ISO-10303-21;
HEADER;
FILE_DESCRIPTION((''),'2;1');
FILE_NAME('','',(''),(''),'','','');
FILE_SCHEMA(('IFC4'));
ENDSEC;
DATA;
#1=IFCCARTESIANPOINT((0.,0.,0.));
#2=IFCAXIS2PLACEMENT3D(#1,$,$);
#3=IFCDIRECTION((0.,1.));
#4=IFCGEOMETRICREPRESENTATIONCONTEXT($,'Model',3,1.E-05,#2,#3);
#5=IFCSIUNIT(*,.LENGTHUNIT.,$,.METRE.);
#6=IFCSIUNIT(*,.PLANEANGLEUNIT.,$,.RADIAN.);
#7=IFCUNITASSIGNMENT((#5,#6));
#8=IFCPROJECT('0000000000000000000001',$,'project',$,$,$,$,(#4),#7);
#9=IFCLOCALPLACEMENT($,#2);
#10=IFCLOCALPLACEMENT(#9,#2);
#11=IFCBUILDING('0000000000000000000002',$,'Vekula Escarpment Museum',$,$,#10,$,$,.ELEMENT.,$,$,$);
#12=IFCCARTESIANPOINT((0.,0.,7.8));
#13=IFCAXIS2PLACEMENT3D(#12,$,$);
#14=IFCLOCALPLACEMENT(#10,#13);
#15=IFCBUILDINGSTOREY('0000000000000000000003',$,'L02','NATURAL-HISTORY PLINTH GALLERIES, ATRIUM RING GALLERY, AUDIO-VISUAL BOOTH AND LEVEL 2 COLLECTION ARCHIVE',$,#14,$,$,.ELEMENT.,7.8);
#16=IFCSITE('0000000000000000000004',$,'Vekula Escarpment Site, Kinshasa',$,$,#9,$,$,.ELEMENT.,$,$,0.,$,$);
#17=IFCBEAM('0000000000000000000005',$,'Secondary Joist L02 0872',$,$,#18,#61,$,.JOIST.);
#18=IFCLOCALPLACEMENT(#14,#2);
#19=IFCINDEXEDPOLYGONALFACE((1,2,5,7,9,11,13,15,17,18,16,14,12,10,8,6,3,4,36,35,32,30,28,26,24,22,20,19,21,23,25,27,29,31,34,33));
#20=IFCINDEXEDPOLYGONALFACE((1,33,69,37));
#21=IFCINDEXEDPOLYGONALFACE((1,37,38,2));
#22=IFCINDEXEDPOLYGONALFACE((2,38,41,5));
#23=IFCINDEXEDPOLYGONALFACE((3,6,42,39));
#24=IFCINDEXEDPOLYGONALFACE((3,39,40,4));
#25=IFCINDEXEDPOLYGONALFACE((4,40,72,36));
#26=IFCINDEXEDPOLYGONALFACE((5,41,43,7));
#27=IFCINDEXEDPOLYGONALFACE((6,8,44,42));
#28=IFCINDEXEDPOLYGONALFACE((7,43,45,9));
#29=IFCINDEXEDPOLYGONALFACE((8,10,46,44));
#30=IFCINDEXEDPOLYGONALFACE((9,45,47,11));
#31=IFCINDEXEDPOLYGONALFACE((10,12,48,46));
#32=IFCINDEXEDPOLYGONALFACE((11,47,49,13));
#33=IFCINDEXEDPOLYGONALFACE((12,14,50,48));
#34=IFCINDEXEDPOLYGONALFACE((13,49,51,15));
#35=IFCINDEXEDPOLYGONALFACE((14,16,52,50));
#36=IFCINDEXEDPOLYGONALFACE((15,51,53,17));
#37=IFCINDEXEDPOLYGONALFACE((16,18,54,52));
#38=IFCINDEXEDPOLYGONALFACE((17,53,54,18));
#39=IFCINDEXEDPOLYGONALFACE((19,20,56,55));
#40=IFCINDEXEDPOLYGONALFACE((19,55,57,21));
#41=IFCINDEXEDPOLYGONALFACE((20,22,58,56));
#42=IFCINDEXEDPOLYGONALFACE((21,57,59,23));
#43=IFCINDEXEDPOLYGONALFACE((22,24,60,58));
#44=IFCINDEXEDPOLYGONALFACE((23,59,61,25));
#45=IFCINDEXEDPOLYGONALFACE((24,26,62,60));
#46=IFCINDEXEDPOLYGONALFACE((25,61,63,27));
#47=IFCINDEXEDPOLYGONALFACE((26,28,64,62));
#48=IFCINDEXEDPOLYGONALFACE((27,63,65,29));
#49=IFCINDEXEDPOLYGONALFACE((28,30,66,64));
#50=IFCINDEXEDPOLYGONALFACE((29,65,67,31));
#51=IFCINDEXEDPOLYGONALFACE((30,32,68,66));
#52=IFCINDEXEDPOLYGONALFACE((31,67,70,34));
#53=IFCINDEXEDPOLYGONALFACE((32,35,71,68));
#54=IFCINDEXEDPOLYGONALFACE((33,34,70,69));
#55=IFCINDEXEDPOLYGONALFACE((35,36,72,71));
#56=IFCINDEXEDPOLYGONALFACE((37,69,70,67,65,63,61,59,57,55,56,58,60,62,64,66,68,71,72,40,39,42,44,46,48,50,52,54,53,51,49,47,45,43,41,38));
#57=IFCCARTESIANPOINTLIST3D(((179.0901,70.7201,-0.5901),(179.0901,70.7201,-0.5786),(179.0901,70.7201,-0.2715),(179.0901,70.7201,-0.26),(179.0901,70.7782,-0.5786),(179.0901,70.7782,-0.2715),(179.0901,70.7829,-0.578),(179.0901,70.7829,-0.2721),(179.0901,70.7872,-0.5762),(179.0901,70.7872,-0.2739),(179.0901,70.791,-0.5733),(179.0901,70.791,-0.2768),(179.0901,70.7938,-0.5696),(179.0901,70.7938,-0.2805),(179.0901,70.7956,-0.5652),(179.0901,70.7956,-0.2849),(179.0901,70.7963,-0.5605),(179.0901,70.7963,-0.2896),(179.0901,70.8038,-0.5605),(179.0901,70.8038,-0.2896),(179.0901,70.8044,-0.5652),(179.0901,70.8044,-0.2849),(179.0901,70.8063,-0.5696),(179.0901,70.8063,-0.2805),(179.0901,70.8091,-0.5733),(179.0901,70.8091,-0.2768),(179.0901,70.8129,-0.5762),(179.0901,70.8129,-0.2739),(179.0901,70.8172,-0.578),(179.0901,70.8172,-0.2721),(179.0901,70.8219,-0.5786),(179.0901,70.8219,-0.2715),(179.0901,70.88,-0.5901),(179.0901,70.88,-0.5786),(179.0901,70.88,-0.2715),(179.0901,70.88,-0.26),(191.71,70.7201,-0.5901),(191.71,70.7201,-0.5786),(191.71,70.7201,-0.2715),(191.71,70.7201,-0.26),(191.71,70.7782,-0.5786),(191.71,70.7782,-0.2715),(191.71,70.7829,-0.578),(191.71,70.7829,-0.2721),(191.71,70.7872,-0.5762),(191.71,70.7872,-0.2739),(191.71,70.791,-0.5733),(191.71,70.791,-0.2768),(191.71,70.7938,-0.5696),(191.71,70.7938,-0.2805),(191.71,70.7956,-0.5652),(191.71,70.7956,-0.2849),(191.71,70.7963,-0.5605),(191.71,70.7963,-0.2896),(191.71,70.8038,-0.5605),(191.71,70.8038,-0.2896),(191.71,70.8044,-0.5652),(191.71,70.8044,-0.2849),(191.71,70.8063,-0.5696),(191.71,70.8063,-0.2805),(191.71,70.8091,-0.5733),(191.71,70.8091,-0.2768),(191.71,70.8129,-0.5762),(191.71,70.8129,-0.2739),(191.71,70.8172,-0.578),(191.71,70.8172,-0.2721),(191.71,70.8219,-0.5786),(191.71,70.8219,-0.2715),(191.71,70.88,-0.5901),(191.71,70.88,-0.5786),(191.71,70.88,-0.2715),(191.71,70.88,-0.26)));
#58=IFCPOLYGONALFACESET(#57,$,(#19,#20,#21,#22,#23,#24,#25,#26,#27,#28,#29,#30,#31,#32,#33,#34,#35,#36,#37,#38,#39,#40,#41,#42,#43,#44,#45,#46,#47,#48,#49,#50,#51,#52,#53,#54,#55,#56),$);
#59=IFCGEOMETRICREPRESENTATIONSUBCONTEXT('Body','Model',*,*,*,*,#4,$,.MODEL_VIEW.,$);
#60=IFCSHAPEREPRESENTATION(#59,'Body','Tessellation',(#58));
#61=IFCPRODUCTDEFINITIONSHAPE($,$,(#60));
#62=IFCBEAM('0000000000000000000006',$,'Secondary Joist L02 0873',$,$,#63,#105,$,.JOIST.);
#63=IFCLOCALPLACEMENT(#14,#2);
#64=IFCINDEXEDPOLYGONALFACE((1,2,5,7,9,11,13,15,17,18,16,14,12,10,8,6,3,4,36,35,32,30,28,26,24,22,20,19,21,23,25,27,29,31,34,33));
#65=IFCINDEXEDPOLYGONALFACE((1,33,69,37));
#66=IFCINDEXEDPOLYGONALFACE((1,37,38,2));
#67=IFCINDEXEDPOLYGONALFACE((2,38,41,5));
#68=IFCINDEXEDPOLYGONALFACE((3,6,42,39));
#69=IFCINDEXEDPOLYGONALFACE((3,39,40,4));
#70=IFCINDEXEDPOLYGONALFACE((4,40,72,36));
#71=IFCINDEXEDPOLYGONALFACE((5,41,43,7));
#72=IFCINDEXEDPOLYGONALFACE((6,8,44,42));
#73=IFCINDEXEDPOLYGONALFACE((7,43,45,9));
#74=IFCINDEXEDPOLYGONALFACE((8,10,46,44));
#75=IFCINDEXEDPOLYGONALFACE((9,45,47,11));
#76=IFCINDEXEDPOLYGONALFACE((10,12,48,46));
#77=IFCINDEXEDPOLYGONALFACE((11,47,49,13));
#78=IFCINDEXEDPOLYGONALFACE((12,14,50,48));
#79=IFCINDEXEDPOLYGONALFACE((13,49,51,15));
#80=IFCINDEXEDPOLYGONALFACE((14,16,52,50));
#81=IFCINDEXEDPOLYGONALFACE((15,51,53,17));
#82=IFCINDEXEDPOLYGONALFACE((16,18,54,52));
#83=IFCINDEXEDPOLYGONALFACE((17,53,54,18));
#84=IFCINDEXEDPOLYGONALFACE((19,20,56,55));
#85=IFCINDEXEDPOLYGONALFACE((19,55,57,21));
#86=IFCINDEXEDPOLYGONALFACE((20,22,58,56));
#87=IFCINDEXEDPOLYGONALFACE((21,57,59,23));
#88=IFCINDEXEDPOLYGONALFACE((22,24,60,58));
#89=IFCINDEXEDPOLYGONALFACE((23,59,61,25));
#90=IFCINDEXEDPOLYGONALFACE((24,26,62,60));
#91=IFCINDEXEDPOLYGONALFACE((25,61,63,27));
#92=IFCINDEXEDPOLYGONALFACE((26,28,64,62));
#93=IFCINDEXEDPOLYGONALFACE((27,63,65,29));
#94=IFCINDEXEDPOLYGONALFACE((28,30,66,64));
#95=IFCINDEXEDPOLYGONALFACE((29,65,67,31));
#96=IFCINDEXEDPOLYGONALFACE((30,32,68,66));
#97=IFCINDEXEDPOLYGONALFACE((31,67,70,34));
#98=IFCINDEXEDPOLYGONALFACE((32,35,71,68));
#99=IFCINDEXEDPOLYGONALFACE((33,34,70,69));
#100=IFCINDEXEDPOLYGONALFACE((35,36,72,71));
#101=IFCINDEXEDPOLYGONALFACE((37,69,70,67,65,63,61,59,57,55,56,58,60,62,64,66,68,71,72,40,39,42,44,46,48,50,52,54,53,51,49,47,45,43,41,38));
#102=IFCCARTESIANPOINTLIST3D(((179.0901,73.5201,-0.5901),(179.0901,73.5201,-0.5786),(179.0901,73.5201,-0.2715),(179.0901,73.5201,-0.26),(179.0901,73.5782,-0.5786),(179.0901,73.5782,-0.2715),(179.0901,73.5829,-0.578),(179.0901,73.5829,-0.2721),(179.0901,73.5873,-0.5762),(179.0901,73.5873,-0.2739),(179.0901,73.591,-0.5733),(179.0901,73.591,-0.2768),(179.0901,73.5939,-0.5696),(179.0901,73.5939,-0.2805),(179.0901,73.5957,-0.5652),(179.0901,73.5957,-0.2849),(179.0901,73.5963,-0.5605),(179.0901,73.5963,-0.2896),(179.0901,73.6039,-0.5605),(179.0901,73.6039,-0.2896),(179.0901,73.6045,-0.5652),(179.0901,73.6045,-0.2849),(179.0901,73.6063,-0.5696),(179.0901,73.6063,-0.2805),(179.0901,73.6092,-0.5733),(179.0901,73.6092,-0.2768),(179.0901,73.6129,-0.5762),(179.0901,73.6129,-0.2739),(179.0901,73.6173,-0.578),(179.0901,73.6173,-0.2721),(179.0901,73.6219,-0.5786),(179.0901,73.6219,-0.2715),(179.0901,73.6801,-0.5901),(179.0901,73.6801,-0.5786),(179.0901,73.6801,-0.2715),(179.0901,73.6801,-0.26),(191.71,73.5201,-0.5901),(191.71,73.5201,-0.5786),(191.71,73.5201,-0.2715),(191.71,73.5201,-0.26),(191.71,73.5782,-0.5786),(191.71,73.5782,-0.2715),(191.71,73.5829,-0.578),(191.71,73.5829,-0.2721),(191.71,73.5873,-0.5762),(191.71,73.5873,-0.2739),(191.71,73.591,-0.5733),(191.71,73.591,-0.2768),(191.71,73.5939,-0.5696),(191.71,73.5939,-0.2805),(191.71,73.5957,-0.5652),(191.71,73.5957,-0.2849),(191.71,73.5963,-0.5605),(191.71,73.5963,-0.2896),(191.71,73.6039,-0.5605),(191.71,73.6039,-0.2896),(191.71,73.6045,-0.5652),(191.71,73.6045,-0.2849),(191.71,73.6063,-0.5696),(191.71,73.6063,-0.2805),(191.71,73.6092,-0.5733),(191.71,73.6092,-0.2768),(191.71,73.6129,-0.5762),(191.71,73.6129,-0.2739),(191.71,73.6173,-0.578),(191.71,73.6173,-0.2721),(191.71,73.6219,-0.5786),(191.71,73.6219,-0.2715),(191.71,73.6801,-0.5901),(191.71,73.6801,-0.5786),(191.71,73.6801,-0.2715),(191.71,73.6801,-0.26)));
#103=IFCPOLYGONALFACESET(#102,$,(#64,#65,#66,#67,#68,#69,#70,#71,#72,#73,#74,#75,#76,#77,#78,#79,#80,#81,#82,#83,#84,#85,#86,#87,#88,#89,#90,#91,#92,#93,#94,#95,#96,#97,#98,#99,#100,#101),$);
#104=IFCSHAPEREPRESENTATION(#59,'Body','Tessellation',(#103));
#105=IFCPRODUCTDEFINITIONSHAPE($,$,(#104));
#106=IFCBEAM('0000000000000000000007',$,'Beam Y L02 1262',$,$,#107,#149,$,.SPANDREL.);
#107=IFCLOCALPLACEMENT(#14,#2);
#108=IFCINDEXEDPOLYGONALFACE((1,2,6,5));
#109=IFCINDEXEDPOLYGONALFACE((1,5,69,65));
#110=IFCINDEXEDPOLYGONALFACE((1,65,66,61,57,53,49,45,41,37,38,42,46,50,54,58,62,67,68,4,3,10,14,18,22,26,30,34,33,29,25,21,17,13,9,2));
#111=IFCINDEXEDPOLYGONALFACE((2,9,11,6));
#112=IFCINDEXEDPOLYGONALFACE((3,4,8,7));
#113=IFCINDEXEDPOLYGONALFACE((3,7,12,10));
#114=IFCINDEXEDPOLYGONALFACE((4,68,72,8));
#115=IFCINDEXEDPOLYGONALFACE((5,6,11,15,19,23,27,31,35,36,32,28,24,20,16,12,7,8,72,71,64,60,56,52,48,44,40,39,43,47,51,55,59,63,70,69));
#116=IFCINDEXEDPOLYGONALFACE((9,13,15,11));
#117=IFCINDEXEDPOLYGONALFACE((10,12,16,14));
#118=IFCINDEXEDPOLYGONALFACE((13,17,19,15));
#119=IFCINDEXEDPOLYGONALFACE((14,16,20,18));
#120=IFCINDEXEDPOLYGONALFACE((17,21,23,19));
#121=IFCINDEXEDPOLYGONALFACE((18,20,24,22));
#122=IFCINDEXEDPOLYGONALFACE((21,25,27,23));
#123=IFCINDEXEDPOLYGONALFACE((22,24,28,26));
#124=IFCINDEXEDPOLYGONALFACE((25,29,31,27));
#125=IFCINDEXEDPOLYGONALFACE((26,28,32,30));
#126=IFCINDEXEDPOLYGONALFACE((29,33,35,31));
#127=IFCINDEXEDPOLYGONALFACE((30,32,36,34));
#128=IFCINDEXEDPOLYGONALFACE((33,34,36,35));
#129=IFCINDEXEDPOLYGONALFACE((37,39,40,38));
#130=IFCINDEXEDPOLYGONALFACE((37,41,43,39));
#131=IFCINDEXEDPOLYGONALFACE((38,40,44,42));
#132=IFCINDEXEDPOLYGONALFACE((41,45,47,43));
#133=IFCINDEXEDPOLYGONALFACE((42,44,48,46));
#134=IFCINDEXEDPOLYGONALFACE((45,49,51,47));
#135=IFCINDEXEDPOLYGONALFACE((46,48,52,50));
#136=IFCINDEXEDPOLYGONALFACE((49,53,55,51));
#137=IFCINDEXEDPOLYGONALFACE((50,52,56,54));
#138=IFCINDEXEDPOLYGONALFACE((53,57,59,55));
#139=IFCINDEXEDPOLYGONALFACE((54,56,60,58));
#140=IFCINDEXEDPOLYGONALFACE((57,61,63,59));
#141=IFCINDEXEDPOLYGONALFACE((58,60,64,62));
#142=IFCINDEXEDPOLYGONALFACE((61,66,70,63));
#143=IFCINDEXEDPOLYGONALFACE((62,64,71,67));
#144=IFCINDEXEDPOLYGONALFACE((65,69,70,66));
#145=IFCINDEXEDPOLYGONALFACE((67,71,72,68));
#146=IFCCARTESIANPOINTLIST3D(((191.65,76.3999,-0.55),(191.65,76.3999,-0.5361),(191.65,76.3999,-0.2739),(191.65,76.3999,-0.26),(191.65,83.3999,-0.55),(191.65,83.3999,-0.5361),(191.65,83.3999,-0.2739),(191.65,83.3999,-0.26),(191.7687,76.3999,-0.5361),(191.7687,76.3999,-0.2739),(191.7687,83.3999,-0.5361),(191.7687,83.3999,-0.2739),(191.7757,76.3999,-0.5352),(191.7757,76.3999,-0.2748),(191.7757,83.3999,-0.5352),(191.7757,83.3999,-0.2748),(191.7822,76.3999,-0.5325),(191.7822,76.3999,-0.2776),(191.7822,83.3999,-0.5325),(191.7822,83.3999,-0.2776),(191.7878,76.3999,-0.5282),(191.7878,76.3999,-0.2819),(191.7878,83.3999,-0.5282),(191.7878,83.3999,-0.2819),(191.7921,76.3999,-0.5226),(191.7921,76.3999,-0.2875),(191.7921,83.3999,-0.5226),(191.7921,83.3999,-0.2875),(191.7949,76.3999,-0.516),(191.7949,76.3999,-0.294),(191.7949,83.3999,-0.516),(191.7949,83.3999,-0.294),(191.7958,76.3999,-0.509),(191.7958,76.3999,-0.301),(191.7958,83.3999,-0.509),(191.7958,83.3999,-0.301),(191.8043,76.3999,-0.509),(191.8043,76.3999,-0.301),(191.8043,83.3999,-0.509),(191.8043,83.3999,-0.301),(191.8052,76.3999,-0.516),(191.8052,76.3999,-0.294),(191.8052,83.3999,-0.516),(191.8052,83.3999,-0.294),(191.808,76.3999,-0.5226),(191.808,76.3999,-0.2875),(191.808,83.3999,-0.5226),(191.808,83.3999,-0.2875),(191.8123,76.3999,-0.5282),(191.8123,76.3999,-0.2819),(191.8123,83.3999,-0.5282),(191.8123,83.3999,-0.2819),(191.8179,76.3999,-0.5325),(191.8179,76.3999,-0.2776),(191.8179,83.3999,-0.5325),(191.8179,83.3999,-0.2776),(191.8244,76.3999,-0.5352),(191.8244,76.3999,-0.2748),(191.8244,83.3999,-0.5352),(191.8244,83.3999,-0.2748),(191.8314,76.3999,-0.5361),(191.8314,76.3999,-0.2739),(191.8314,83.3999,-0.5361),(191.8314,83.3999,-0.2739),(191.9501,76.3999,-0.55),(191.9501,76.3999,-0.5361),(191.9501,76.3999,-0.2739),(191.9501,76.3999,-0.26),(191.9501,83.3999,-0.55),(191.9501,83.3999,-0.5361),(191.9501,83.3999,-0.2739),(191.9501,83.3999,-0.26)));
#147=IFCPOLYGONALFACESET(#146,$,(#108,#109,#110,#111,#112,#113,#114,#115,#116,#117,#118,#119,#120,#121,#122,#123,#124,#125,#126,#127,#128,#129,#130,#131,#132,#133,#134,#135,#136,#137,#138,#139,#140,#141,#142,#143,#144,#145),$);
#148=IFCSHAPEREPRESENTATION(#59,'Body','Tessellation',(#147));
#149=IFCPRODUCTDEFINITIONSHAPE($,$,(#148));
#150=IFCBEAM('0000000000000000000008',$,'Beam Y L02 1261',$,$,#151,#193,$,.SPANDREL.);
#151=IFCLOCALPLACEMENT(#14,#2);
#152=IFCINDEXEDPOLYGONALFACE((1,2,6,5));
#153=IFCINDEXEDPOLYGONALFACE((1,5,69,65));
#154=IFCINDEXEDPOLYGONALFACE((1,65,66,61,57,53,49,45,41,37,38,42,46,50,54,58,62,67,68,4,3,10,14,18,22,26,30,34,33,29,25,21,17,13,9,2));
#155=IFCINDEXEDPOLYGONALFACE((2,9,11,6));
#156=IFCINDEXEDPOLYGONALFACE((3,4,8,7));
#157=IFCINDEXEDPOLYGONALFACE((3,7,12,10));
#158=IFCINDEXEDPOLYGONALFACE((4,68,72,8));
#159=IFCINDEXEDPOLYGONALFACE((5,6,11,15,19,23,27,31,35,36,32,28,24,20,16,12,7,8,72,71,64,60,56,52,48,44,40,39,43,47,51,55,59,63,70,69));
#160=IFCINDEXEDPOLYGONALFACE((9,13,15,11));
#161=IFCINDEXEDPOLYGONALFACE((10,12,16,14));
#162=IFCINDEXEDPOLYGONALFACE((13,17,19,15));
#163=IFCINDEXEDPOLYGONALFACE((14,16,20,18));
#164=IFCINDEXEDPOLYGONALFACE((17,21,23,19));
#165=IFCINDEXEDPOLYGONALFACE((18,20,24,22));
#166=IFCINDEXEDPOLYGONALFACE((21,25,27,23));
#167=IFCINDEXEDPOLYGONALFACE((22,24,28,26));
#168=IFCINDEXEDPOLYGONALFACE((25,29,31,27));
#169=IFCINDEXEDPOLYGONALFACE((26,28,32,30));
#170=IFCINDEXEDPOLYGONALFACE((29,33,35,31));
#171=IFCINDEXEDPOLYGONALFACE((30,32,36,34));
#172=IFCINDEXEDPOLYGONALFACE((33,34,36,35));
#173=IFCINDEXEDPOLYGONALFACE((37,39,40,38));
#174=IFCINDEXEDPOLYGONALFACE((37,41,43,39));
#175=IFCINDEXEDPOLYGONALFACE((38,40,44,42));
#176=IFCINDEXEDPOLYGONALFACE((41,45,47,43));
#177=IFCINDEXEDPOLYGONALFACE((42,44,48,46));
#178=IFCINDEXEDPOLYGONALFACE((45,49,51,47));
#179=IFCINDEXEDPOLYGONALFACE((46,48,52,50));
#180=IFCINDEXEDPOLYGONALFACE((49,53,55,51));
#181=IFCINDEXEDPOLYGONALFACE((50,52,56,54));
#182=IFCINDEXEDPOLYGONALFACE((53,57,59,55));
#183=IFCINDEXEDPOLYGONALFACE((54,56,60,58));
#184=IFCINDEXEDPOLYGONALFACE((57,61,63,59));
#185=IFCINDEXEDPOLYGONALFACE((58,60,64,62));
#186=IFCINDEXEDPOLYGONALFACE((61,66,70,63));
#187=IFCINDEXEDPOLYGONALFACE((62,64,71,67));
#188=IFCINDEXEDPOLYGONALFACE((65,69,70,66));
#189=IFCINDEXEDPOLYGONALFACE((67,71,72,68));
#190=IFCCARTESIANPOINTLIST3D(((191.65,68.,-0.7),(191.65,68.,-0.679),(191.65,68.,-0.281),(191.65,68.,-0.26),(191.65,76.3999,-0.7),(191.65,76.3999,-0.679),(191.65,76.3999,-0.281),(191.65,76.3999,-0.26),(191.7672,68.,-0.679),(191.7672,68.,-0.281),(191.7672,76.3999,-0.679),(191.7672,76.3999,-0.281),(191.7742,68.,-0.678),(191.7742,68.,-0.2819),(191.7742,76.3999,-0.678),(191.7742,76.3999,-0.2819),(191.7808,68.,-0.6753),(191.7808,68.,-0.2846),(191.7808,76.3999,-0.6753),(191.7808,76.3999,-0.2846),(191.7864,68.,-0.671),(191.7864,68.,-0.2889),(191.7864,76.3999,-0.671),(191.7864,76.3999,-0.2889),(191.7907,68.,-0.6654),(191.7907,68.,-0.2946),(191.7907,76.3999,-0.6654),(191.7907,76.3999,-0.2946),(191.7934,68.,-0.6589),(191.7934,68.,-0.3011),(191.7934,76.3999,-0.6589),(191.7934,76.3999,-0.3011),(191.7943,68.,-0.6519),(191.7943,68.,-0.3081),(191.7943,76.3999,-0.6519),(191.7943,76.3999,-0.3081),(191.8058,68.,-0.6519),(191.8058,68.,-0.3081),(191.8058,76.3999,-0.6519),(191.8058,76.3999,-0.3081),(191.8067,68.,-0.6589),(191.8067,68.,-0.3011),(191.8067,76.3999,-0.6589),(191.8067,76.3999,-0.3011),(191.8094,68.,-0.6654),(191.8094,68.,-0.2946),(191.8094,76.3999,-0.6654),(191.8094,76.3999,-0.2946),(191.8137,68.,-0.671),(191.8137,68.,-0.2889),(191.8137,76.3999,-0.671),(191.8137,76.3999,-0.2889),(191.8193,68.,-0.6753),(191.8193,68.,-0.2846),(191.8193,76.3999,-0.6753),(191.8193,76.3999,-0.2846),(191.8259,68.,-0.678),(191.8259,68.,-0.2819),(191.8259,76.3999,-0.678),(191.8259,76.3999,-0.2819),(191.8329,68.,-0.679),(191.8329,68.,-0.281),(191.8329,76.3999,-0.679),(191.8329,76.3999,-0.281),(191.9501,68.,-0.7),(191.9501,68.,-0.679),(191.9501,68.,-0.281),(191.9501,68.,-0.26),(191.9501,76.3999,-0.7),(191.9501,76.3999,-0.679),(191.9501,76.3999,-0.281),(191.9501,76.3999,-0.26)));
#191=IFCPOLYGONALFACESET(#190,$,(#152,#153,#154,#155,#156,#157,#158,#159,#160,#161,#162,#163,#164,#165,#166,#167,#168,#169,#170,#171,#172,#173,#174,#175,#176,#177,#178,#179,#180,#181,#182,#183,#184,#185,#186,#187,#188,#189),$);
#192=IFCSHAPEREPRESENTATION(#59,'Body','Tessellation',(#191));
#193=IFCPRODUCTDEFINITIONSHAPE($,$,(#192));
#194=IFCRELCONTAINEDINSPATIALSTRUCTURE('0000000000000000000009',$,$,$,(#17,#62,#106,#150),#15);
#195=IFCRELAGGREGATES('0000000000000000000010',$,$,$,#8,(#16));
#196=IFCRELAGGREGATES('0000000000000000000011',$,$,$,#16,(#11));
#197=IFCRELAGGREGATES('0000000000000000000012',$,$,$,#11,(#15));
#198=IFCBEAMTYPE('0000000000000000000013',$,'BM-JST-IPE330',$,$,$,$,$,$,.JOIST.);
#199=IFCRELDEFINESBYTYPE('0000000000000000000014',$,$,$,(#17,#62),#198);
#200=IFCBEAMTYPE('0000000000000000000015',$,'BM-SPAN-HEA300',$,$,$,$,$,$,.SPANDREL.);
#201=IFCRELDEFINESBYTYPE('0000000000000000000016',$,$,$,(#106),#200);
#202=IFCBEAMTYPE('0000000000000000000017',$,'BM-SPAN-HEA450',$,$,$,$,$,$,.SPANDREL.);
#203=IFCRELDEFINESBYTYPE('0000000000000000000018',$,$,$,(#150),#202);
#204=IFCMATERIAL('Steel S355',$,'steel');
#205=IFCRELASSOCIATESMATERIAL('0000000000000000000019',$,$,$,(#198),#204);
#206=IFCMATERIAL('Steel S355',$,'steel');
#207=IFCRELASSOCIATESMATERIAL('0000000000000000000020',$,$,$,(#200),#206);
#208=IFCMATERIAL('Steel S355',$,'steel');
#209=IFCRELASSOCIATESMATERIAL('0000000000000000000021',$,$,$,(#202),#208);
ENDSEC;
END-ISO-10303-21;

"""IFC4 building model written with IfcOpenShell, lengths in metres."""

from ifc_helpers import new_model, si_unit, direction, frame, origin, origin_2d, place, context, subcontext, project, spatial, i_section, extrude, material, material_profile, profile_set, type_object, element, save


model = new_model("IFC4")

# Units and contexts
model_context = context("Model", 3, precision=1e-05, world=origin(), true_north=direction((0.0, 1.0)))
body_context = subcontext(model_context, "Body", "Model", "MODEL_VIEW")
ifc_project = project(units=[si_unit("LENGTHUNIT", "METRE"), si_unit("PLANEANGLEUNIT", "RADIAN")], contexts=[model_context])

# Site, building, storey
site_placement = place(None, origin())
site = spatial("IfcSite", under=ifc_project, at=site_placement, Name="Vekula Escarpment Site, Kinshasa", CompositionType="ELEMENT", RefElevation=0.0)
building_placement = place(site_placement, origin())
building = spatial("IfcBuilding", under=site, at=building_placement, Name="Vekula Escarpment Museum", CompositionType="ELEMENT")
storey_placement = place(building_placement, frame((0.0, 0.0, 7.8)))
storey = spatial("IfcBuildingStorey", under=building, at=storey_placement, Name="L02", Description="NATURAL-HISTORY PLINTH GALLERIES, ATRIUM RING GALLERY, AUDIO-VISUAL BOOTH AND LEVEL 2 COLLECTION ARCHIVE", CompositionType="ELEMENT", Elevation=7.8)

# Beams
ifc_material_1 = material(Name="Steel S355", Category="steel")
ifc_material_profile_1 = material_profile(ifc_material_1, i_section(OverallWidth=0.1599, OverallDepth=0.3301, WebThickness=0.0076, FlangeThickness=0.0115, FilletRadius=0.0181, at=origin_2d()), Name="IPE 330")
ifc_profile_set_1 = profile_set([ifc_material_profile_1], Name="Steel S355")
beam_type_1 = type_object("IfcBeamType", Name="BM-JST-IPE330", PredefinedType="JOIST", material=ifc_profile_set_1)
for number, where, z_axis, x_axis, name in (
    (1, (179.0901, 70.8, -0.425), (1.0, 0.0, 0.0), (0.0, 1.0, 0.0), "Secondary Joist L02 0872"),
    (2, (179.0901, 73.6001, -0.425), (1.0, 0.0, 0.0), (0.0, 1.0, 0.0), "Secondary Joist L02 0873"),
):
    element("IfcBeam", number, at=place(storey_placement, frame(where, z_axis=z_axis, x_axis=x_axis)), inside=storey, type_object=beam_type_1, Name=name, PredefinedType="JOIST", context=body_context, shape_type="SweptSolid", body=[
        extrude(i_section(OverallWidth=0.1599, OverallDepth=0.3301, WebThickness=0.0076, FlangeThickness=0.0115, FilletRadius=0.0181, at=origin_2d()), origin(), (0.0, 0.0, 1.0), 12.6199),
    ])
ifc_material_2 = material(Name="Steel S355", Category="steel")
ifc_material_profile_2 = material_profile(ifc_material_2, i_section(OverallWidth=0.3, OverallDepth=0.29, WebThickness=0.0085, FlangeThickness=0.0139, FilletRadius=0.0271, at=origin_2d()), Name="HEA 300")
ifc_profile_set_2 = profile_set([ifc_material_profile_2], Name="Steel S355")
beam_type_2 = type_object("IfcBeamType", Name="BM-SPAN-HEA300", PredefinedType="SPANDREL", material=ifc_profile_set_2)
beam_1_placement = place(storey_placement, frame((191.8, 76.3999, -0.405), z_axis=(0.0, 1.0, 0.0), x_axis=(-1.0, 0.0, 0.0)))
element("IfcBeam", 3, at=beam_1_placement, inside=storey, type_object=beam_type_2, Name="Beam Y L02 1262", PredefinedType="SPANDREL", context=body_context, shape_type="SweptSolid", body=[
    extrude(i_section(OverallWidth=0.3, OverallDepth=0.29, WebThickness=0.0085, FlangeThickness=0.0139, FilletRadius=0.0271, at=origin_2d()), origin(), (0.0, 0.0, 1.0), 7.0),
])
ifc_material_3 = material(Name="Steel S355", Category="steel")
ifc_material_profile_3 = material_profile(ifc_material_3, i_section(OverallWidth=0.3, OverallDepth=0.4399, WebThickness=0.0115, FlangeThickness=0.021, FilletRadius=0.0271, at=origin_2d()), Name="HEA 450")
ifc_profile_set_3 = profile_set([ifc_material_profile_3], Name="Steel S355")
beam_type_3 = type_object("IfcBeamType", Name="BM-SPAN-HEA450", PredefinedType="SPANDREL", material=ifc_profile_set_3)
beam_2_placement = place(storey_placement, frame((191.8, 68.0, -0.48), z_axis=(0.0, 1.0, 0.0), x_axis=(-1.0, 0.0, 0.0)))
element("IfcBeam", 4, at=beam_2_placement, inside=storey, type_object=beam_type_3, Name="Beam Y L02 1261", PredefinedType="SPANDREL", context=body_context, shape_type="SweptSolid", body=[
    extrude(i_section(OverallWidth=0.3, OverallDepth=0.4399, WebThickness=0.0115, FlangeThickness=0.021, FilletRadius=0.0271, at=origin_2d()), origin(), (0.0, 0.0, 1.0), 8.3999),
])

save(model, "model.ifc")
